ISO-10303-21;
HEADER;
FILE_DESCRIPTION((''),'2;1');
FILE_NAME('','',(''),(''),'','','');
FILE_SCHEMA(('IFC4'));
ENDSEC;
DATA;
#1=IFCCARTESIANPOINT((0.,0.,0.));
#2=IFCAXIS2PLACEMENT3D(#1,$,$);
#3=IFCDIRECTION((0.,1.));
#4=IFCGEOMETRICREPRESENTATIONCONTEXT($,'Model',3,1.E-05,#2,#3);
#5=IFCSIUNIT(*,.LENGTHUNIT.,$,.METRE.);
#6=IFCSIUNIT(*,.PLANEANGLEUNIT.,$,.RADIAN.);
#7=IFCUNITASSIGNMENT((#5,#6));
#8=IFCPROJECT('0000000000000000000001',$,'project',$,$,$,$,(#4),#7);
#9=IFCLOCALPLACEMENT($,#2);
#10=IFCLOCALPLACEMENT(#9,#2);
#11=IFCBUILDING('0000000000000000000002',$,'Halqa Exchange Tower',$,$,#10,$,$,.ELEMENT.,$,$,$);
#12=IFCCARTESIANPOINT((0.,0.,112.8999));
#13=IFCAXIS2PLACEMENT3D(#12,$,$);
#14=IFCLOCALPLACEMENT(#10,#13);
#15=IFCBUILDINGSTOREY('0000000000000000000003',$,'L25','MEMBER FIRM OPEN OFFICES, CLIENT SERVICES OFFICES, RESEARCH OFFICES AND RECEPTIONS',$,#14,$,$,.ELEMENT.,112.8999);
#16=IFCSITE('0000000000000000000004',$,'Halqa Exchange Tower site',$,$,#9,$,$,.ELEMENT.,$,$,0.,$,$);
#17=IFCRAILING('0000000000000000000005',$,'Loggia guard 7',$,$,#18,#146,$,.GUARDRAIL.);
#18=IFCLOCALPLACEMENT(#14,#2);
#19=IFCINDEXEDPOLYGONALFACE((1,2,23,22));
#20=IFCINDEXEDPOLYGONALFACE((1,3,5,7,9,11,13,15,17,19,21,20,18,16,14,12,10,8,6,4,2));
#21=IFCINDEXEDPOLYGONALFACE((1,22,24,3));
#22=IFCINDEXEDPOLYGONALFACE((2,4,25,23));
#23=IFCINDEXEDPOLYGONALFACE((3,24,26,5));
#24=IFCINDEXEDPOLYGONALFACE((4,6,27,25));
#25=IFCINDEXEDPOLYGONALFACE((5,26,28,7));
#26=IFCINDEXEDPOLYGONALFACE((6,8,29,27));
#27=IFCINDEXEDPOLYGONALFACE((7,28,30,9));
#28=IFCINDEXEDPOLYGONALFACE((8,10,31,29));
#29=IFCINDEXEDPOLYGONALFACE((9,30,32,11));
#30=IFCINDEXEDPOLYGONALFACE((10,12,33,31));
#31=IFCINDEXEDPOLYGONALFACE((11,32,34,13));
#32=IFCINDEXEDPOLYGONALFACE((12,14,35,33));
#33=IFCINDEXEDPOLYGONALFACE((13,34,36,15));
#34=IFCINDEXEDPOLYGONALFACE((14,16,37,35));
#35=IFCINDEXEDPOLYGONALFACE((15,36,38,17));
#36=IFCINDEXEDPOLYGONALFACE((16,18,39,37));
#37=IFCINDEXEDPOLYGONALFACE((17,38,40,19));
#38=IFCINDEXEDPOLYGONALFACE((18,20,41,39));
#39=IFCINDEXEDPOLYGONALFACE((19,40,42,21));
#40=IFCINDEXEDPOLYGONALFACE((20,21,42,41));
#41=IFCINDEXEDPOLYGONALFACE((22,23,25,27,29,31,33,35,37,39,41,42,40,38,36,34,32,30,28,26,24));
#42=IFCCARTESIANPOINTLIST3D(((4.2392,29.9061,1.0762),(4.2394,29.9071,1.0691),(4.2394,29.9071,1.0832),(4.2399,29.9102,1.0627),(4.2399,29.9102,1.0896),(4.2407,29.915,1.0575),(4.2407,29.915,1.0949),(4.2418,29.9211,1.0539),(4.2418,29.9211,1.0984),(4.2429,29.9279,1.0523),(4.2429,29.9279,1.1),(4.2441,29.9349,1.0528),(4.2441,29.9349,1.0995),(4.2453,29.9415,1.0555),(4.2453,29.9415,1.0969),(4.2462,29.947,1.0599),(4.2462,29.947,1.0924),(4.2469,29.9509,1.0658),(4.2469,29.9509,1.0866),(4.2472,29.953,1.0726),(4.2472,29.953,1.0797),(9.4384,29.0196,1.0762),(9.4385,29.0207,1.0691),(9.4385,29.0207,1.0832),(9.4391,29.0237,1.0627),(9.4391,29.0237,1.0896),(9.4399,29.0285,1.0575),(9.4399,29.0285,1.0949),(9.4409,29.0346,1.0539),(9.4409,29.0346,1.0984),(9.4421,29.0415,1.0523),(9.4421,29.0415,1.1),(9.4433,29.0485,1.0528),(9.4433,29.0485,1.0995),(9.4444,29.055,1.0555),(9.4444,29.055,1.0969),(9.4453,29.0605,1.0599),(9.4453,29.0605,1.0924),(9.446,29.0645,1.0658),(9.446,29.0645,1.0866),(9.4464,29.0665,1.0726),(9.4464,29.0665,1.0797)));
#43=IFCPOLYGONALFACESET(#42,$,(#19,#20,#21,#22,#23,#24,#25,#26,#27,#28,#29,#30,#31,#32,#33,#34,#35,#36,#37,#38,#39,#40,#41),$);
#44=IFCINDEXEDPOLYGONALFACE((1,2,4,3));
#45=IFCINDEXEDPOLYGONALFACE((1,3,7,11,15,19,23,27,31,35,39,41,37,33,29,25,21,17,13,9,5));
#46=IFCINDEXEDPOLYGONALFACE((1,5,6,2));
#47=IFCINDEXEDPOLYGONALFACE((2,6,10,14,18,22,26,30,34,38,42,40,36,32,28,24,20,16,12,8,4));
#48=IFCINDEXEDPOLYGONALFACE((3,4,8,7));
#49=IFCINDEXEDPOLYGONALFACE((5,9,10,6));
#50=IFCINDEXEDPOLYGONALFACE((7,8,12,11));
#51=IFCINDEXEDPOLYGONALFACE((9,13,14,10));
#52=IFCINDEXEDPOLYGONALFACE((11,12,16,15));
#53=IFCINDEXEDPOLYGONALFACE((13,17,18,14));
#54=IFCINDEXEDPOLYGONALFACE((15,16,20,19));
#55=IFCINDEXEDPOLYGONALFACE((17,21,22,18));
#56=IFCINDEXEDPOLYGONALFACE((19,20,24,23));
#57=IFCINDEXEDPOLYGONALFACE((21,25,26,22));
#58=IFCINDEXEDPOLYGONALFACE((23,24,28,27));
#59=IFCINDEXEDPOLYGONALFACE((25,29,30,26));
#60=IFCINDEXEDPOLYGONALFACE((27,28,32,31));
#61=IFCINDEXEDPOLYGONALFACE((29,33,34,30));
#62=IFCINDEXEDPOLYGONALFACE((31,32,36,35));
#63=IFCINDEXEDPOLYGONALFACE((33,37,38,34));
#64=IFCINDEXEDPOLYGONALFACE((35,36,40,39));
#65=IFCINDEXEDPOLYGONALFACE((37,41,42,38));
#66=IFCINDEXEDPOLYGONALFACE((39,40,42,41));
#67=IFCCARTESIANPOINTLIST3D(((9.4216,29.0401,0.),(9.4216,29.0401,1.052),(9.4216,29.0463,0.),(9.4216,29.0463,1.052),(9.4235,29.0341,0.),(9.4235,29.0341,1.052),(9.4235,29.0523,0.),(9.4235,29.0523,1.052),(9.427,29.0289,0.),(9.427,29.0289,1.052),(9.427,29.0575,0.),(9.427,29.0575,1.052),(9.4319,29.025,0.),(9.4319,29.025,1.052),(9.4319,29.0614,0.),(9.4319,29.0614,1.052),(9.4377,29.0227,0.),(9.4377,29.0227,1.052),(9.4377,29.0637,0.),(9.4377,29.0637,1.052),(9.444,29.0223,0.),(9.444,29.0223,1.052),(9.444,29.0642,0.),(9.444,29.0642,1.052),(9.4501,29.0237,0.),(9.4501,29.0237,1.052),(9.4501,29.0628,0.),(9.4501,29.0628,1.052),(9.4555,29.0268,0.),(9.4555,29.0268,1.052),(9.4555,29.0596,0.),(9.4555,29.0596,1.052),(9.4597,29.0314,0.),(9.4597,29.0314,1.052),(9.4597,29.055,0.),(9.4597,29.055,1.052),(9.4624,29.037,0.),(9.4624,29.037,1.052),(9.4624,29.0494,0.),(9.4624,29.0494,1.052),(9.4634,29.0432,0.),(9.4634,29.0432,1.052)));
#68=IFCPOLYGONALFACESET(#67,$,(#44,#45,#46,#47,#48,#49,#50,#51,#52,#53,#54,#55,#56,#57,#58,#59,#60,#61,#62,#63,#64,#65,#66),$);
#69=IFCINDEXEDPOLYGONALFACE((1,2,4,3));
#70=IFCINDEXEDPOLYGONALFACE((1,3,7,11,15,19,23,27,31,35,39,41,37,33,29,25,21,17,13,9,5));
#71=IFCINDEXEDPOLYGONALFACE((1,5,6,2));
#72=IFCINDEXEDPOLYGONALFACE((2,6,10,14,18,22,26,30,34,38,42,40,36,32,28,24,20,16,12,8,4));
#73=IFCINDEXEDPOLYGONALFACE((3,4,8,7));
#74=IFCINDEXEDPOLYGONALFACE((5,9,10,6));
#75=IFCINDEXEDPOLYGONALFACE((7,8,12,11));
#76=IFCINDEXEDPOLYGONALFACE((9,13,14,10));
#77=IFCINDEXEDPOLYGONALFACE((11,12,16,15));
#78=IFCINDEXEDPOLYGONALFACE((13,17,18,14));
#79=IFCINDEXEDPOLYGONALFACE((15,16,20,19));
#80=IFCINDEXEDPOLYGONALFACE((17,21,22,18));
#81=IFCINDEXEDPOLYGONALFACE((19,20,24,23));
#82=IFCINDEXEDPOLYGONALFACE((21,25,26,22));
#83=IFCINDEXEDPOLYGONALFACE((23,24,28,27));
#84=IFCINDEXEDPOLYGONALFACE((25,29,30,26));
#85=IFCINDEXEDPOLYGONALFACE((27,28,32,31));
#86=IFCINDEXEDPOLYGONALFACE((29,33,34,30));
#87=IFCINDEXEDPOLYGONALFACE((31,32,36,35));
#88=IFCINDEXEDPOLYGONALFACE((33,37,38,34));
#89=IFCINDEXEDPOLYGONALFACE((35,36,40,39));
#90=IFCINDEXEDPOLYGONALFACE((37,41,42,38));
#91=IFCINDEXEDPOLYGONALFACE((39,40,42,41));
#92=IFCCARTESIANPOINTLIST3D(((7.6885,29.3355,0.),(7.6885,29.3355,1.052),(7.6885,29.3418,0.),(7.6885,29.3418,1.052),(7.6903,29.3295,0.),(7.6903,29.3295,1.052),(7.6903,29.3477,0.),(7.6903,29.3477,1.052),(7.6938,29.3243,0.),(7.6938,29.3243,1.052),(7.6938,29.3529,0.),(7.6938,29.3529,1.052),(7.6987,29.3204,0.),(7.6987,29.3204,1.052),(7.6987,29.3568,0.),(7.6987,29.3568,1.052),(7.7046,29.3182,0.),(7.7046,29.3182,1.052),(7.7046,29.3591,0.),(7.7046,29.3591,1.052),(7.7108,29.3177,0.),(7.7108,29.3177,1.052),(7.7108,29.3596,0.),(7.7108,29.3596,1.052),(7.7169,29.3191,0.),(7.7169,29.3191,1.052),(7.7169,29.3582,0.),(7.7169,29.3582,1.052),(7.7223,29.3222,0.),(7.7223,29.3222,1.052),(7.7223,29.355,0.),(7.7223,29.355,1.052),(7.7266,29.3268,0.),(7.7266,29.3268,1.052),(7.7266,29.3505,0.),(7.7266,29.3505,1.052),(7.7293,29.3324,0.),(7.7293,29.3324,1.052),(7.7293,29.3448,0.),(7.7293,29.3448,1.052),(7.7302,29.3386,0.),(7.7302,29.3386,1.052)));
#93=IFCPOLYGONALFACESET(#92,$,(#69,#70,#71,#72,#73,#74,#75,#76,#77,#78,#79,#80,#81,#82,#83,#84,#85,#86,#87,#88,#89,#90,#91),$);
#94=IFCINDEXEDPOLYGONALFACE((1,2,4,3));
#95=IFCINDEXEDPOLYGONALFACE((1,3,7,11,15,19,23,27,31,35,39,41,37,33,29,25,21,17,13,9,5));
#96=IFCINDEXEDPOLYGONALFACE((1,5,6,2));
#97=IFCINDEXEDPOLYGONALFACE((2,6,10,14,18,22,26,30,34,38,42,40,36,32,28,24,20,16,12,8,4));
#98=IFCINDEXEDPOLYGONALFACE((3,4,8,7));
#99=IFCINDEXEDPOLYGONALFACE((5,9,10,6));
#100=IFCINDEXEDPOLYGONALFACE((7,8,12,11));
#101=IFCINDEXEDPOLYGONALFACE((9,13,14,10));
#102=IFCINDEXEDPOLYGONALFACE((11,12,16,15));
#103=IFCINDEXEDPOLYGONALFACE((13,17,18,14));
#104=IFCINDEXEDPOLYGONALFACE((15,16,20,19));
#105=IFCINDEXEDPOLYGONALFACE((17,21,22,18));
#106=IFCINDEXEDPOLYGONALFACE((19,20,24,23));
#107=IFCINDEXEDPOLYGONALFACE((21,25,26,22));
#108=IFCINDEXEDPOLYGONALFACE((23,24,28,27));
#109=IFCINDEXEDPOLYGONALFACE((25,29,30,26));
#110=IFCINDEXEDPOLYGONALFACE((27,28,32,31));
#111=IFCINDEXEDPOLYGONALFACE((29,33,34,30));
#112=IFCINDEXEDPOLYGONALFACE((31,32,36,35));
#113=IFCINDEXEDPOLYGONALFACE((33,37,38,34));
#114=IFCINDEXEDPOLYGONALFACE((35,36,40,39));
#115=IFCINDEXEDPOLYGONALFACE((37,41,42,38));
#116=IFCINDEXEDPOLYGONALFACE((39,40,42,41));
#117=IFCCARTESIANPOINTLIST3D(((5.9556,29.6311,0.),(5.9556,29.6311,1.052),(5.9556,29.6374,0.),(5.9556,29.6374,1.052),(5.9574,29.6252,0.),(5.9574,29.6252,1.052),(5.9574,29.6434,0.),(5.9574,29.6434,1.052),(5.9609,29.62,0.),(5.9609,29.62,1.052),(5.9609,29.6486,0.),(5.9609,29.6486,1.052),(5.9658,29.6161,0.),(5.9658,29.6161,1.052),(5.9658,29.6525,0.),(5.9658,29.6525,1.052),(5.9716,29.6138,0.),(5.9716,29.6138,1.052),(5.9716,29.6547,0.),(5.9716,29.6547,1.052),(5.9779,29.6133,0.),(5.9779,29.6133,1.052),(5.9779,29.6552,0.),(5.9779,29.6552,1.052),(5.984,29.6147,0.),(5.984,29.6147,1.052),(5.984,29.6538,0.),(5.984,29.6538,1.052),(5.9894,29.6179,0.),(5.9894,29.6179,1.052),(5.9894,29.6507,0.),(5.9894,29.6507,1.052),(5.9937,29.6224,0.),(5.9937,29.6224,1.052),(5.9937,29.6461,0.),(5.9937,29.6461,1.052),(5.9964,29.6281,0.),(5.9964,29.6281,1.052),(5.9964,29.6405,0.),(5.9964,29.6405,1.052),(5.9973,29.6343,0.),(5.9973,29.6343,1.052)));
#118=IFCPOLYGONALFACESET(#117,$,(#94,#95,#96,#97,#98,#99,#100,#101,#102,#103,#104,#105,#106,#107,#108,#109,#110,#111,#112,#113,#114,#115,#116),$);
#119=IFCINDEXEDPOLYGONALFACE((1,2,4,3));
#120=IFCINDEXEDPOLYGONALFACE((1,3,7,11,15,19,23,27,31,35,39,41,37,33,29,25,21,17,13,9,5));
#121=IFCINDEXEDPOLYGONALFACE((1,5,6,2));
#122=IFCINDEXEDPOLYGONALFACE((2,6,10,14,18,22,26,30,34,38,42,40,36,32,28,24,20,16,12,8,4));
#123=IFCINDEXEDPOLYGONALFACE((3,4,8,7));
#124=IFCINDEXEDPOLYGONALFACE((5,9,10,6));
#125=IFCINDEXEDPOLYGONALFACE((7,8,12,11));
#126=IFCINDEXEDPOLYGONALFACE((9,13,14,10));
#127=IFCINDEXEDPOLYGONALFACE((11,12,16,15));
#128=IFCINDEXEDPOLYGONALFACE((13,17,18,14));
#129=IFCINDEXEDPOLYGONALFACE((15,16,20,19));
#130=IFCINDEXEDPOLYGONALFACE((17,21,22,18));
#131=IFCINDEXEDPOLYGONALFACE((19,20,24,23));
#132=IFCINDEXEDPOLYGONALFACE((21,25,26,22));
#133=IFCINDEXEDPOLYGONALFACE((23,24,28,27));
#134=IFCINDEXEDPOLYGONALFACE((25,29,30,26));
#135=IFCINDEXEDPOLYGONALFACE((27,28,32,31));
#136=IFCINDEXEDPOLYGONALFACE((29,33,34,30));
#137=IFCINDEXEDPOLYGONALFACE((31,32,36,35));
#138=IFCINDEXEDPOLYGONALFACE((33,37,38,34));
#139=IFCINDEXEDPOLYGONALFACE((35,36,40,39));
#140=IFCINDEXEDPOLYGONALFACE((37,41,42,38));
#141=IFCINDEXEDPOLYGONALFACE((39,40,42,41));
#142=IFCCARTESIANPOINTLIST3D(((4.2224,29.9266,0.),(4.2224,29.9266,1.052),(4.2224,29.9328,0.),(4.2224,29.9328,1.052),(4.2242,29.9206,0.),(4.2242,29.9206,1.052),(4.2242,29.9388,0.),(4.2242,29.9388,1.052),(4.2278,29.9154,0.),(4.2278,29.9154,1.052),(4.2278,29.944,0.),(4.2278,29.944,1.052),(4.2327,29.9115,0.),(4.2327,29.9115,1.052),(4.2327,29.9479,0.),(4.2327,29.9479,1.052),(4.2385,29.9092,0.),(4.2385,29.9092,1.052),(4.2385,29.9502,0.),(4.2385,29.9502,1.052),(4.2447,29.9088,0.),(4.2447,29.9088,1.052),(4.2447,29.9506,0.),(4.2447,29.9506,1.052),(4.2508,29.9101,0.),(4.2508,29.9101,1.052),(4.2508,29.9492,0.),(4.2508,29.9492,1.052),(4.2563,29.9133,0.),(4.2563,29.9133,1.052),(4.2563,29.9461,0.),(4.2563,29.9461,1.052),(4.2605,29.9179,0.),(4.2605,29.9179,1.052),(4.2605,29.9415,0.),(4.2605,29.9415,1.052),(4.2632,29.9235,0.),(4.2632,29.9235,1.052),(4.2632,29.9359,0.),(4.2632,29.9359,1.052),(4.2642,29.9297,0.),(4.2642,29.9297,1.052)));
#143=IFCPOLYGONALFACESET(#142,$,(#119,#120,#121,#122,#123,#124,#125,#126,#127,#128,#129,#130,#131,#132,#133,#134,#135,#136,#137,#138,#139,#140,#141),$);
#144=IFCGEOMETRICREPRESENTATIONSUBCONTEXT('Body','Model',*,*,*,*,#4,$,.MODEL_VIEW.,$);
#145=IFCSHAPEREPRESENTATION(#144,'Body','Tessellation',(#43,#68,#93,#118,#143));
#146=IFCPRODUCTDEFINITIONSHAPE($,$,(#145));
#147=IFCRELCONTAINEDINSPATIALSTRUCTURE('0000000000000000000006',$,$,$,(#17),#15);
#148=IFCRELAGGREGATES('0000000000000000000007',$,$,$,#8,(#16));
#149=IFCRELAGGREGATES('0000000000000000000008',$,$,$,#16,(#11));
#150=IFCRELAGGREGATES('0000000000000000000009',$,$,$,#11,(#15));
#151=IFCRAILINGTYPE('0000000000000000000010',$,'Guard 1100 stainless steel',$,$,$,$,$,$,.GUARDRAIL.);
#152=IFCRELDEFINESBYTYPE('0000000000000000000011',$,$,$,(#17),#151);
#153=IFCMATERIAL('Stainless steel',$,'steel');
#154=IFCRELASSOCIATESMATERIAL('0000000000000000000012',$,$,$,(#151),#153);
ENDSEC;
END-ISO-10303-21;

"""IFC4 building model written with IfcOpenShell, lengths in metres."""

from ifc_helpers import new_model, si_unit, direction, frame, origin, origin_2d, place, context, subcontext, project, spatial, circle, extrude, material, type_object, element, save


model = new_model("IFC4")

# Units and contexts
model_context = context("Model", 3, precision=1e-05, world=origin(), true_north=direction((0.0, 1.0)))
body_context = subcontext(model_context, "Body", "Model", "MODEL_VIEW")
ifc_project = project(units=[si_unit("LENGTHUNIT", "METRE"), si_unit("PLANEANGLEUNIT", "RADIAN")], contexts=[model_context])

# Site, building, storey
site_placement = place(None, origin())
site = spatial("IfcSite", under=ifc_project, at=site_placement, Name="Halqa Exchange Tower site", CompositionType="ELEMENT", RefElevation=0.0)
building_placement = place(site_placement, origin())
building = spatial("IfcBuilding", under=site, at=building_placement, Name="Halqa Exchange Tower", CompositionType="ELEMENT")
storey_placement = place(building_placement, frame((0.0, 0.0, 112.8999)))
storey = spatial("IfcBuildingStorey", under=building, at=storey_placement, Name="L25", Description="MEMBER FIRM OPEN OFFICES, CLIENT SERVICES OFFICES, RESEARCH OFFICES AND RECEPTIONS", CompositionType="ELEMENT", Elevation=112.8999)

# Railing
ifc_material_1 = material(Name="Stainless steel", Category="steel")
railing_type_1 = type_object("IfcRailingType", Name="Guard 1100 stainless steel", PredefinedType="GUARDRAIL", material=ifc_material_1)
railing_1_placement = place(storey_placement, frame((9.4424, 29.0432, 0.0)))
element("IfcRailing", 1, at=railing_1_placement, inside=storey, type_object=railing_type_1, Name="Loggia guard 7", PredefinedType="GUARDRAIL", context=body_context, shape_type="SweptSolid", body=[
    extrude(circle(Radius=0.0239, at=origin_2d()), frame((0.0, 0.0, 1.0762), z_axis=(-0.985774, 0.168076, 0.0), x_axis=(-0.168076, -0.985774, 0.0)), (0.0, 0.0, 1.0), 5.2742),
    extrude(circle(Radius=0.021, at=origin_2d()), origin(), (0.0, 0.0, 1.0), 1.052),
    extrude(circle(Radius=0.021, at=origin_2d()), frame((-1.7332, 0.2954, 0.0)), (0.0, 0.0, 1.0), 1.052),
    extrude(circle(Radius=0.021, at=origin_2d()), frame((-3.4661, 0.5911, 0.0)), (0.0, 0.0, 1.0), 1.052),
    extrude(circle(Radius=0.021, at=origin_2d()), frame((-5.1992, 0.8865, 0.0)), (0.0, 0.0, 1.0), 1.052),
])

save(model, "model.ifc")
